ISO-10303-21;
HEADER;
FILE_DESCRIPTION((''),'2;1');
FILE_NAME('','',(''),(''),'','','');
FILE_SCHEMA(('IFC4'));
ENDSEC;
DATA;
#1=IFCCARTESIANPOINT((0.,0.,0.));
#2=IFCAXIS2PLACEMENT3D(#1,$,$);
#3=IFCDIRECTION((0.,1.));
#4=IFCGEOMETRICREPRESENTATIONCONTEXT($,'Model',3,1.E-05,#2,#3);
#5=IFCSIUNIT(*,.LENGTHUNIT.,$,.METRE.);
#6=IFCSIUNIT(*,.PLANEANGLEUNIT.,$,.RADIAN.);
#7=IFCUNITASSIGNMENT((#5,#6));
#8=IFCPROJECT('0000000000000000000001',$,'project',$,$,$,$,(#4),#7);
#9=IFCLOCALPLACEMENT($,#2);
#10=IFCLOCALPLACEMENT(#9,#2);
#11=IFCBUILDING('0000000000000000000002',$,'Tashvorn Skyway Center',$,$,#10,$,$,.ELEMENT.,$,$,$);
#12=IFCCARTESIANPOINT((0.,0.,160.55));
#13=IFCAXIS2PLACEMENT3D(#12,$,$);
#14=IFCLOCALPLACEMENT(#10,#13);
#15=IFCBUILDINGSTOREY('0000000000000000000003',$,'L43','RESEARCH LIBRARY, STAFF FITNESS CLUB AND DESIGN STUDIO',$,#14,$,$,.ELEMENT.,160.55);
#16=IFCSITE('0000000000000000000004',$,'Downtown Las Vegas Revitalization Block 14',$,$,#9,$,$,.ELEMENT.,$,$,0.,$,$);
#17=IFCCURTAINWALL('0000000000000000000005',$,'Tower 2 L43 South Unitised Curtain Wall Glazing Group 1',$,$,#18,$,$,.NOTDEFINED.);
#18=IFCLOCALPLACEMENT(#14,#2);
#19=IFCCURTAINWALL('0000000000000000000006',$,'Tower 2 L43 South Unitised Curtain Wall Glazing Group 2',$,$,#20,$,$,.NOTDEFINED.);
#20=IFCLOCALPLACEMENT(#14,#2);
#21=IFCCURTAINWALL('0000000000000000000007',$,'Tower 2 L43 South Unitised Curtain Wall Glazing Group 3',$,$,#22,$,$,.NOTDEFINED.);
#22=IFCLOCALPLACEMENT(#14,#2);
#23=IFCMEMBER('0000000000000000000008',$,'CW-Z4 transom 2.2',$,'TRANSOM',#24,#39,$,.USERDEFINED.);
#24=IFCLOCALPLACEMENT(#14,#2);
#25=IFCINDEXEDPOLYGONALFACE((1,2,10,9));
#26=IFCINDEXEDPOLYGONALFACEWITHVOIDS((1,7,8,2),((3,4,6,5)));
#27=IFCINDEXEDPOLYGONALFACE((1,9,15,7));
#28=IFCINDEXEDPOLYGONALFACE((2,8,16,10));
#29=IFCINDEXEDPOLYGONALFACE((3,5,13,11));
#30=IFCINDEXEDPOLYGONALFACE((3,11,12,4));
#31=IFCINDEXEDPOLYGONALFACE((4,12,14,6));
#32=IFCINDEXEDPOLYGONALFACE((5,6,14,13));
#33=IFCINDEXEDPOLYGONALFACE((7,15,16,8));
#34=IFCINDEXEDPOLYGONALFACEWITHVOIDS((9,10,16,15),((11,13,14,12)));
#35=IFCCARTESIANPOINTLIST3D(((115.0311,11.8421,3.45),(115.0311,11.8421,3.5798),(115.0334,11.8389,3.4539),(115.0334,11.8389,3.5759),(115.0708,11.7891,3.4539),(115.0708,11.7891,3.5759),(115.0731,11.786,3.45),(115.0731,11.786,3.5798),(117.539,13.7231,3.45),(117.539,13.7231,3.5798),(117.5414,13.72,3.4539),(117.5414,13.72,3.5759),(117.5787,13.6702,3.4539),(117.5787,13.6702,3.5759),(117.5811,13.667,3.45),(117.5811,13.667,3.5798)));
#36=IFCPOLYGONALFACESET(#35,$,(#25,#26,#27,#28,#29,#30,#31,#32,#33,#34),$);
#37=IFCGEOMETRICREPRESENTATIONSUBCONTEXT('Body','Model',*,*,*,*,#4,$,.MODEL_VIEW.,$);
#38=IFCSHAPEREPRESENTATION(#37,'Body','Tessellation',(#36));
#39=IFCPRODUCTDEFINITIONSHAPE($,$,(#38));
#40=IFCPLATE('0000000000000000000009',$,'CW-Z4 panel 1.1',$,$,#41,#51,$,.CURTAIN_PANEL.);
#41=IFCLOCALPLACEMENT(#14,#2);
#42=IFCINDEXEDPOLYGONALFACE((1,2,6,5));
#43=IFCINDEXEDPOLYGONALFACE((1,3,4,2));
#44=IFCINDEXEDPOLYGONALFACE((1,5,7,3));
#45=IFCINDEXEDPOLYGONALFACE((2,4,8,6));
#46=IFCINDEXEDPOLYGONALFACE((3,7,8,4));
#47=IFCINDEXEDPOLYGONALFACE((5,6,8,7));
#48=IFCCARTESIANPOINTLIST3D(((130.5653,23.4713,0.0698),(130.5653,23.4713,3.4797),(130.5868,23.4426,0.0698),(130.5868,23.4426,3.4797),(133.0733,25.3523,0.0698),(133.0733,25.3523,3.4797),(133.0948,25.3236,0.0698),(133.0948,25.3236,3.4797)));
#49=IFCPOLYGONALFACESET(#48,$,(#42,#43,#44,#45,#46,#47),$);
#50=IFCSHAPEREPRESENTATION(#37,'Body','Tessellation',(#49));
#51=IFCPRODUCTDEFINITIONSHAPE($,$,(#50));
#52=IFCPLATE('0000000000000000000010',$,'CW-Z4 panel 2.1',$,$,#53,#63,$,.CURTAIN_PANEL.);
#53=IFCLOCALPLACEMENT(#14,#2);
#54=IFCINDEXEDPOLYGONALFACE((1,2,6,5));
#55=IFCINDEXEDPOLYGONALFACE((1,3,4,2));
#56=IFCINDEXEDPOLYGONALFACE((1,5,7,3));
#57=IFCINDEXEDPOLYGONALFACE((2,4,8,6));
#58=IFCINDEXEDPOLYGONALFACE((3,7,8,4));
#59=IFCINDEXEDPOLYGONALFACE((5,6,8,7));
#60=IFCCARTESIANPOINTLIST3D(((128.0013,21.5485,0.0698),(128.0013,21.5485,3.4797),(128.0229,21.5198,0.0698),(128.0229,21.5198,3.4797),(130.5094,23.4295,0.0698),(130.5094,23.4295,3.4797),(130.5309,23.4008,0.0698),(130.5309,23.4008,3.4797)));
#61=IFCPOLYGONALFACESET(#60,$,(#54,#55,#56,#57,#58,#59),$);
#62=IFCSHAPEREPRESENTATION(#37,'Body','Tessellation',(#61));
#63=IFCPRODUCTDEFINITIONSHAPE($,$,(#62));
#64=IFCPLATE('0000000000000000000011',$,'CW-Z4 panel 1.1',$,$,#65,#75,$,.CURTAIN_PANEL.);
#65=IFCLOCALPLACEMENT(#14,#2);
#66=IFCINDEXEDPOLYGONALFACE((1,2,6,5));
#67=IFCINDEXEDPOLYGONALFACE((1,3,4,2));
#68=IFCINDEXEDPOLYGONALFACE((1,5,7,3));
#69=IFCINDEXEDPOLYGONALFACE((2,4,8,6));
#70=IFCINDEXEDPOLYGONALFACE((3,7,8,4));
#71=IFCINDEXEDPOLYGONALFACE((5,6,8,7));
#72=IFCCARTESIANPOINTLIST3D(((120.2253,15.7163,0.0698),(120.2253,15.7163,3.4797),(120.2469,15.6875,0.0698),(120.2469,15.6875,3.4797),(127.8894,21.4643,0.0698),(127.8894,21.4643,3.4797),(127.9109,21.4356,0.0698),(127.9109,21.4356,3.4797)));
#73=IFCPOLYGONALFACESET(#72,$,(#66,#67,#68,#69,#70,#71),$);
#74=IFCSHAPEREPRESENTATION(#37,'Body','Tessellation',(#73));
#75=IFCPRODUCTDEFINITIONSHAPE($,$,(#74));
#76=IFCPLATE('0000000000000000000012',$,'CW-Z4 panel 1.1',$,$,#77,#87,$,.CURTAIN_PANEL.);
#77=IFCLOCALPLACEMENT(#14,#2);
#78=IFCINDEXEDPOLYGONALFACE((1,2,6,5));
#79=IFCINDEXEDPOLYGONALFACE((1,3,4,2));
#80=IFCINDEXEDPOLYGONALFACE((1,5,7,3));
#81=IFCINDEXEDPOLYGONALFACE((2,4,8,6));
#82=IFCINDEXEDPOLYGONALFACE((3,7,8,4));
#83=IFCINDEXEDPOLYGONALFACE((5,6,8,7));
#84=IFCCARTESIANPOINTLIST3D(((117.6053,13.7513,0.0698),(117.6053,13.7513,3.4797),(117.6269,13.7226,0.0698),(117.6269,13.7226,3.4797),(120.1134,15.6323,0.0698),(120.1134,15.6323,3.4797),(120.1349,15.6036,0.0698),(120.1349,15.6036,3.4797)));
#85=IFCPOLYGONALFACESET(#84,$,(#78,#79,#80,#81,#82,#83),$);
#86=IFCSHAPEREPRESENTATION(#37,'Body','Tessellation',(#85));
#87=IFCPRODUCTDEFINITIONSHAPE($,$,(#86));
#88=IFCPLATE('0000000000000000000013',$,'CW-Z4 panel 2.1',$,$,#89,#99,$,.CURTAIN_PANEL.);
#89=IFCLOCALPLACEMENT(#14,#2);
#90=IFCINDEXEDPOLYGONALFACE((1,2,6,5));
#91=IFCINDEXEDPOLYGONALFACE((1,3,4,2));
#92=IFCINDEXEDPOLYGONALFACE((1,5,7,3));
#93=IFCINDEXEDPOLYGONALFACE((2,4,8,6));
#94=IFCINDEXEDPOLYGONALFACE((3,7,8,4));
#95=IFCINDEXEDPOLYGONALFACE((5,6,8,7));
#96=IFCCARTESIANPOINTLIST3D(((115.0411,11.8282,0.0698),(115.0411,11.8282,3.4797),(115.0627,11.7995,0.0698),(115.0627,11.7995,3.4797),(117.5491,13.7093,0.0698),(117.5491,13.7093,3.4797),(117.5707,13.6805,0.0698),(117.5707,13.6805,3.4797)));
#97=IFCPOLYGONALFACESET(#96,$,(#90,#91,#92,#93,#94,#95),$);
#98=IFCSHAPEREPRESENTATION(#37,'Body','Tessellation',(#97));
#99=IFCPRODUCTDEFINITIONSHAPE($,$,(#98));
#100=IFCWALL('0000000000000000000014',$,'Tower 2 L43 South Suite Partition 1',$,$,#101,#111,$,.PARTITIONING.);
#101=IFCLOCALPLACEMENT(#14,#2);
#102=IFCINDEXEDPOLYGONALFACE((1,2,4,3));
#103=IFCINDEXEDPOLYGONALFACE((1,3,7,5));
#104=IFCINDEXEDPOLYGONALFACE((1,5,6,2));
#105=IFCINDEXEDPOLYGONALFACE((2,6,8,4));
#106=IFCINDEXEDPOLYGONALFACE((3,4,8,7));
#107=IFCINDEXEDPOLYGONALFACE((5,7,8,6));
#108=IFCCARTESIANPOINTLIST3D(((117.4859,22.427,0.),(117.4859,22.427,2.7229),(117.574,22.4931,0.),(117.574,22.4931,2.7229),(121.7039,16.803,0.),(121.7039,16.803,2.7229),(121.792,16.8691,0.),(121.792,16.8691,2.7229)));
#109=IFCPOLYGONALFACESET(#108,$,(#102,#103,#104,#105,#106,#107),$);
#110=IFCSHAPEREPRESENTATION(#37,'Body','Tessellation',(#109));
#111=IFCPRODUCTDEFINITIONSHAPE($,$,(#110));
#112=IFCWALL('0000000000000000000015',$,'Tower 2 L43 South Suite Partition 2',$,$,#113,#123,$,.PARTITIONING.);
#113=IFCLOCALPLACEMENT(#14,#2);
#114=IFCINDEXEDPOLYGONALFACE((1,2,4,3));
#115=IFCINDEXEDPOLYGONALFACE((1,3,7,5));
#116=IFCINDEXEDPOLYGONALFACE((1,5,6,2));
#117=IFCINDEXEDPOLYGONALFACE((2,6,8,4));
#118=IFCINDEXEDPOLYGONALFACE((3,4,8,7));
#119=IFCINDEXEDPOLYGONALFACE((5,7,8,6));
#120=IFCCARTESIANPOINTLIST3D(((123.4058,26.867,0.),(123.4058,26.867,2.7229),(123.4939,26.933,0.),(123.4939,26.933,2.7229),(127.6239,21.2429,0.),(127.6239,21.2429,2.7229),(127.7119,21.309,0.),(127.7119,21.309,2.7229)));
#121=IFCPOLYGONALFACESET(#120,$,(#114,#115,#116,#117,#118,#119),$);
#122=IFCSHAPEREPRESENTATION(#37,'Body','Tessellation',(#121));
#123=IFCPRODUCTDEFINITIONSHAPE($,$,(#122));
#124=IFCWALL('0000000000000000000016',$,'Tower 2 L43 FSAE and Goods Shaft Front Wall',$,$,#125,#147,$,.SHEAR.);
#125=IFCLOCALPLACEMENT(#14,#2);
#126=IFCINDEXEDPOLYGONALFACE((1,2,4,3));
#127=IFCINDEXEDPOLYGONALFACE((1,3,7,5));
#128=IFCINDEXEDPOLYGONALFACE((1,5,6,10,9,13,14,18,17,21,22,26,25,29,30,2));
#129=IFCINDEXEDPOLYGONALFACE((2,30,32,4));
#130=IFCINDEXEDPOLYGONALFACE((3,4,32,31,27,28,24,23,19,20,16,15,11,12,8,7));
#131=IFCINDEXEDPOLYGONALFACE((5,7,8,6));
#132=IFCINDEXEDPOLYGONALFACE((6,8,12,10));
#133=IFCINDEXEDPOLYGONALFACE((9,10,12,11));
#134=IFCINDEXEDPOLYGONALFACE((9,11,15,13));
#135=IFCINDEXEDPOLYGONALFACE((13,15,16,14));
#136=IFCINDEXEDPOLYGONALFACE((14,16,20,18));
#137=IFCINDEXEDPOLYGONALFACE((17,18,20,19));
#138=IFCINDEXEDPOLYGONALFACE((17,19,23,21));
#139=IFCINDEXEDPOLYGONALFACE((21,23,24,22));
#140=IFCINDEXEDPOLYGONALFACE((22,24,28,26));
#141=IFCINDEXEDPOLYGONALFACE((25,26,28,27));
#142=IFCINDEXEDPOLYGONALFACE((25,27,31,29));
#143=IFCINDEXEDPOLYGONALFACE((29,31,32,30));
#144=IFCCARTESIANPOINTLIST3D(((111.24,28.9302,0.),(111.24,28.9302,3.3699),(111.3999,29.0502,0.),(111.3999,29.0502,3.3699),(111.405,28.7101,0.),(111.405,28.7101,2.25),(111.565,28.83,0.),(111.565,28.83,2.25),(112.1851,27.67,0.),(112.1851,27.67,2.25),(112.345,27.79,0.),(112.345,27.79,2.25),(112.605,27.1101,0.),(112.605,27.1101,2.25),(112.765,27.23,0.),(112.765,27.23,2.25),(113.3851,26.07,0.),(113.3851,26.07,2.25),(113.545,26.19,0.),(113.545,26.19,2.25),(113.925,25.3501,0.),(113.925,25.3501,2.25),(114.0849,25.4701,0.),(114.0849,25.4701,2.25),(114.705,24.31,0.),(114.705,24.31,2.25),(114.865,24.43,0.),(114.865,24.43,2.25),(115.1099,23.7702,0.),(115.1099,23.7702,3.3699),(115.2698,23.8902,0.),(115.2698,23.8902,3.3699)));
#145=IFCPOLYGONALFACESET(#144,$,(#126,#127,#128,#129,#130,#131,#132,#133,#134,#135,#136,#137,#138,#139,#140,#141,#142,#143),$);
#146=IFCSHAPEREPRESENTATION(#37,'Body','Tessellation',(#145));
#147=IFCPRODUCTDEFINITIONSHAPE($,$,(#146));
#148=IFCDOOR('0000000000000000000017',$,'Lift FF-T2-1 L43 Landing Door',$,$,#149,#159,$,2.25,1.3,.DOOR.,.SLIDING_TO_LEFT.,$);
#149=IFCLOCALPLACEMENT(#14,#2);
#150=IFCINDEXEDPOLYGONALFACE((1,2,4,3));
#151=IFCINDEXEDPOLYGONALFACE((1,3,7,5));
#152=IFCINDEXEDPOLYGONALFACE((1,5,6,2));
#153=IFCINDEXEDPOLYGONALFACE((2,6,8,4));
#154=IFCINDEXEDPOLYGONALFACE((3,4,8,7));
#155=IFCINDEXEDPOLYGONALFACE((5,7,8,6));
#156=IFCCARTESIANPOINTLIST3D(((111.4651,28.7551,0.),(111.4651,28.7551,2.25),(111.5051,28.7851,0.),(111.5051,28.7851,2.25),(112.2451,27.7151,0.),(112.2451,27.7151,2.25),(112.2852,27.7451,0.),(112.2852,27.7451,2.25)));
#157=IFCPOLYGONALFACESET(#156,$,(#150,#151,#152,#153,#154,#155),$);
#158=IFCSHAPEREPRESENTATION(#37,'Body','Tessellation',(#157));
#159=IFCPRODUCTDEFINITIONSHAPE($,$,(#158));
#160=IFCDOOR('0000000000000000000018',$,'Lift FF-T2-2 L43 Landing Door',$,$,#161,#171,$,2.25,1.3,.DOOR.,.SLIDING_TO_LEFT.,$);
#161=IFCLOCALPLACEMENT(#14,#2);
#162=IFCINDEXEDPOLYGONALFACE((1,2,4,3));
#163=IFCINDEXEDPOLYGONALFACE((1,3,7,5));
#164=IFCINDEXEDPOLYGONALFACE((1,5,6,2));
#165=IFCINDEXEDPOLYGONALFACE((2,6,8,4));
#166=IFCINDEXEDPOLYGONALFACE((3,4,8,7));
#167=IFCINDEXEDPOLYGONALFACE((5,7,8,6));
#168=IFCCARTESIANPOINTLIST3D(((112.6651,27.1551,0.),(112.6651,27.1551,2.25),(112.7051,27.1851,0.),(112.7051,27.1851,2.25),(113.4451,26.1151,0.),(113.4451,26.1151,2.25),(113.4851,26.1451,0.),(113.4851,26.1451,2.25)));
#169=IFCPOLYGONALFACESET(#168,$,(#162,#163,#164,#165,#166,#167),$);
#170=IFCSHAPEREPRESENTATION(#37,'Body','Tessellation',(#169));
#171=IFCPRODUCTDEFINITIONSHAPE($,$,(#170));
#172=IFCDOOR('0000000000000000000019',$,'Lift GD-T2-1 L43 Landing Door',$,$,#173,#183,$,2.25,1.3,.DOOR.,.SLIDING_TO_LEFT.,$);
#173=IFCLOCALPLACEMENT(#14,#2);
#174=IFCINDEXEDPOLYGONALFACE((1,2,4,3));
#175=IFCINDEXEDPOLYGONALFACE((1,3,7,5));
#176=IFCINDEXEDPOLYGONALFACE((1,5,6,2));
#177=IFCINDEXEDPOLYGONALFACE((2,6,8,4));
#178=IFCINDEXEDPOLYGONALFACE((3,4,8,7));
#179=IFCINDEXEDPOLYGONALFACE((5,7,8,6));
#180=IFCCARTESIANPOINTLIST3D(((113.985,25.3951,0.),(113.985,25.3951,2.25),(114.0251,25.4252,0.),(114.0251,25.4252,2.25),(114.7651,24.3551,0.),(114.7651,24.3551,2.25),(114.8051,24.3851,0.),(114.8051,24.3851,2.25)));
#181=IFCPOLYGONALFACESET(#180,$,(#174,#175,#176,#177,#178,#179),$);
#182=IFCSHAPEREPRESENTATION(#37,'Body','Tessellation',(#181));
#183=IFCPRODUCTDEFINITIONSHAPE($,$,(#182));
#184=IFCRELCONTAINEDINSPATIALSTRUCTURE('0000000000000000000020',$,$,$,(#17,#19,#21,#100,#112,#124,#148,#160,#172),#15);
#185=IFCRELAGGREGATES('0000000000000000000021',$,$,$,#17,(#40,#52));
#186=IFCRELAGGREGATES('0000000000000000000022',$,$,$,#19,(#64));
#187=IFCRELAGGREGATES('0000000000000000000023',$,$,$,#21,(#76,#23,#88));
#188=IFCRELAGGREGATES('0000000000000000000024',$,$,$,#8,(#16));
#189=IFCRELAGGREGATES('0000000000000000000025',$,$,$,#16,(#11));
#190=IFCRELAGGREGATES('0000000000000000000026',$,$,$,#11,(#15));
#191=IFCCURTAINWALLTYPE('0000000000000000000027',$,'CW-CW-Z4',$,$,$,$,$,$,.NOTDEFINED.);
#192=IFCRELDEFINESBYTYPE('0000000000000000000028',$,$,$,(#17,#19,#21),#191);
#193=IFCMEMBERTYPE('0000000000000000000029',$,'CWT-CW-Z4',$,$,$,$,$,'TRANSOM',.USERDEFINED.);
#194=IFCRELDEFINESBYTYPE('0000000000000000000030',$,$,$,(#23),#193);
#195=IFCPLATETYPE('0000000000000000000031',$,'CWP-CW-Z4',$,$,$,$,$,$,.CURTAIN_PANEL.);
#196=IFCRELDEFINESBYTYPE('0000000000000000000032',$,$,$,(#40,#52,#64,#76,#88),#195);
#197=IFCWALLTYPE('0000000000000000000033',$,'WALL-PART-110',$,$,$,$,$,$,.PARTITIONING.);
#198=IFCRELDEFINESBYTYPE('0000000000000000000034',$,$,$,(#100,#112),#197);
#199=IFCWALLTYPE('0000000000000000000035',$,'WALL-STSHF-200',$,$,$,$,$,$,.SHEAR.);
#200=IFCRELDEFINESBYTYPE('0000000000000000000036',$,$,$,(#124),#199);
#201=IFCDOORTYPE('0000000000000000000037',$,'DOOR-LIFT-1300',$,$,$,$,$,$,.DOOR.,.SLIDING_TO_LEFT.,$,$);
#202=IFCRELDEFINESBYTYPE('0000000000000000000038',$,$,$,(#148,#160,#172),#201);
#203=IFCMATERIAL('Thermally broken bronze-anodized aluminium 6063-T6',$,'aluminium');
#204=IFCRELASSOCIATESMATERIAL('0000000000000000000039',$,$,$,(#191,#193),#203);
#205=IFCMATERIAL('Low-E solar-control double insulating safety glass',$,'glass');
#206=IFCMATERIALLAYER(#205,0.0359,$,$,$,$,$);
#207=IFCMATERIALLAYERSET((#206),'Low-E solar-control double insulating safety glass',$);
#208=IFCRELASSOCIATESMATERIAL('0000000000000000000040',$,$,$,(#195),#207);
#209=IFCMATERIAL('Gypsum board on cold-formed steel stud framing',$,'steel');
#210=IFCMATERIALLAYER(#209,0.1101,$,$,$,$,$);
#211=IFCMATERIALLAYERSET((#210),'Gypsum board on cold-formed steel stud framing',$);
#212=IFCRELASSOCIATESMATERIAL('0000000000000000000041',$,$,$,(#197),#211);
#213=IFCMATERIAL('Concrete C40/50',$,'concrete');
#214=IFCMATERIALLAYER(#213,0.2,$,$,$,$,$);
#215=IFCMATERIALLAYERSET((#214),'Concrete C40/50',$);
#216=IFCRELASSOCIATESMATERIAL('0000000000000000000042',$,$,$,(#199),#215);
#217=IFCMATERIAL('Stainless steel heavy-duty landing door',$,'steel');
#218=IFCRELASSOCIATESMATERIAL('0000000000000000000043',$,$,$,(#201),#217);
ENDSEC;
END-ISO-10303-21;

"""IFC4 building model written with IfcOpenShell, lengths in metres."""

from ifc_helpers import new_model, si_unit, direction, frame, frame_2d, origin, origin_2d, place, context, subcontext, project, spatial, rectangle, hollow_rectangle, extrude, material, layer, layer_set, material_profile, profile_set, type_object, element, fill, aggregate, save


model = new_model("IFC4")

# Units and contexts
model_context = context("Model", 3, precision=1e-05, world=origin(), true_north=direction((0.0, 1.0)))
body_context = subcontext(model_context, "Body", "Model", "MODEL_VIEW")
ifc_project = project(units=[si_unit("LENGTHUNIT", "METRE"), si_unit("PLANEANGLEUNIT", "RADIAN")], contexts=[model_context])

# Site, building, storey
site_placement = place(None, origin())
site = spatial("IfcSite", under=ifc_project, at=site_placement, Name="Downtown Las Vegas Revitalization Block 14", CompositionType="ELEMENT", RefElevation=0.0)
building_placement = place(site_placement, origin())
building = spatial("IfcBuilding", under=site, at=building_placement, Name="Tashvorn Skyway Center", CompositionType="ELEMENT")
storey_placement = place(building_placement, frame((0.0, 0.0, 160.55)))
storey = spatial("IfcBuildingStorey", under=building, at=storey_placement, Name="L43", Description="RESEARCH LIBRARY, STAFF FITNESS CLUB AND DESIGN STUDIO", CompositionType="ELEMENT", Elevation=160.55)

# Curtain walls
ifc_material_1 = material(Name="Thermally broken bronze-anodized aluminium 6063-T6", Category="aluminium")
curtain_wall_type = type_object("IfcCurtainWallType", Name="CW-CW-Z4", PredefinedType="NOTDEFINED", material=ifc_material_1)
curtain_wall_1_placement = place(storey_placement, origin())
curtain_wall_1 = element("IfcCurtainWall", 1, at=curtain_wall_1_placement, inside=storey, type_object=curtain_wall_type, Name="Tower 2 L43 South Unitised Curtain Wall Glazing Group 1", PredefinedType="NOTDEFINED")
curtain_wall_2_placement = place(storey_placement, origin())
curtain_wall_2 = element("IfcCurtainWall", 2, at=curtain_wall_2_placement, inside=storey, type_object=curtain_wall_type, Name="Tower 2 L43 South Unitised Curtain Wall Glazing Group 2", PredefinedType="NOTDEFINED")
curtain_wall_3_placement = place(storey_placement, origin())
curtain_wall_3 = element("IfcCurtainWall", 3, at=curtain_wall_3_placement, inside=storey, type_object=curtain_wall_type, Name="Tower 2 L43 South Unitised Curtain Wall Glazing Group 3", PredefinedType="NOTDEFINED")

# Member
ifc_material_profile_1 = material_profile(ifc_material_1, hollow_rectangle(XDim=0.0701, YDim=0.1299, WallThickness=0.0039, at=origin_2d()), Name="ALU-TRAN-70x130")
ifc_profile_set_1 = profile_set([ifc_material_profile_1], Name="Thermally broken bronze-anodized aluminium 6063-T6")
member_type_1 = type_object("IfcMemberType", Name="CWT-CW-Z4", ElementType="TRANSOM", PredefinedType="USERDEFINED", material=ifc_profile_set_1)
member_1_placement = place(storey_placement, frame((117.5601, 13.6951, 3.5149), z_axis=(-0.799991, -0.600012, 0.0), x_axis=(0.600012, -0.799991, 0.0)))
member_1 = element("IfcMember", 4, at=member_1_placement, type_object=member_type_1, Name="CW-Z4 transom 2.2", ObjectType="TRANSOM", PredefinedType="USERDEFINED", context=body_context, shape_type="SweptSolid", body=[
    extrude(hollow_rectangle(XDim=0.0701, YDim=0.1299, WallThickness=0.0039, at=origin_2d()), origin(), (0.0, 0.0, 1.0), 3.135),
])

# Plates
ifc_material_2 = material(Name="Low-E solar-control double insulating safety glass", Category="glass")
ifc_layer_1 = layer(ifc_material_2, 0.0359)
ifc_layer_set_1 = layer_set([ifc_layer_1], Name="Low-E solar-control double insulating safety glass")
plate_type = type_object("IfcPlateType", Name="CWP-CW-Z4", PredefinedType="CURTAIN_PANEL", material=ifc_layer_set_1)
plate_1_placement = place(storey_placement, frame((131.8301, 24.3975, 0.0698), z_axis=(0.0, 0.0, 1.0), x_axis=(-0.8, -0.6, 0.0)))
plate_1 = element("IfcPlate", 5, at=plate_1_placement, type_object=plate_type, Name="CW-Z4 panel 1.1", PredefinedType="CURTAIN_PANEL", context=body_context, shape_type="SweptSolid", body=[
    extrude(rectangle(XDim=3.135, YDim=0.0359, at=origin_2d()), origin(), (0.0, 0.0, 1.0), 3.4099),
])
plate_2_placement = place(storey_placement, frame((129.2661, 22.4746, 0.0698), z_axis=(0.0, 0.0, 1.0), x_axis=(-0.8, -0.6, 0.0)))
plate_2 = element("IfcPlate", 6, at=plate_2_placement, type_object=plate_type, Name="CW-Z4 panel 2.1", PredefinedType="CURTAIN_PANEL", context=body_context, shape_type="SweptSolid", body=[
    extrude(rectangle(XDim=3.135, YDim=0.0359, at=origin_2d()), origin(), (0.0, 0.0, 1.0), 3.4099),
])
aggregate(curtain_wall_1, [plate_1, plate_2])
plate_3_placement = place(storey_placement, frame((124.0681, 18.5759, 0.0698), z_axis=(0.0, 0.0, 1.0), x_axis=(-0.8, -0.6, 0.0)))
plate_3 = element("IfcPlate", 7, at=plate_3_placement, type_object=plate_type, Name="CW-Z4 panel 1.1", PredefinedType="CURTAIN_PANEL", context=body_context, shape_type="SweptSolid", body=[
    extrude(rectangle(XDim=9.5801, YDim=0.0359, at=origin_2d()), origin(), (0.0, 0.0, 1.0), 3.4099),
])
aggregate(curtain_wall_2, [plate_3])
plate_4_placement = place(storey_placement, frame((118.8701, 14.6775, 0.0698), z_axis=(0.0, 0.0, 1.0), x_axis=(-0.8, -0.6, 0.0)))
plate_4 = element("IfcPlate", 8, at=plate_4_placement, type_object=plate_type, Name="CW-Z4 panel 1.1", PredefinedType="CURTAIN_PANEL", context=body_context, shape_type="SweptSolid", body=[
    extrude(rectangle(XDim=3.135, YDim=0.0359, at=origin_2d()), origin(), (0.0, 0.0, 1.0), 3.4099),
])
plate_5_placement = place(storey_placement, frame((116.3059, 12.7544, 0.0698), z_axis=(0.0, 0.0, 1.0), x_axis=(-0.8, -0.6, 0.0)))
plate_5 = element("IfcPlate", 9, at=plate_5_placement, type_object=plate_type, Name="CW-Z4 panel 2.1", PredefinedType="CURTAIN_PANEL", context=body_context, shape_type="SweptSolid", body=[
    extrude(rectangle(XDim=3.135, YDim=0.0359, at=origin_2d()), origin(), (0.0, 0.0, 1.0), 3.4099),
])
aggregate(curtain_wall_3, [plate_4, member_1, plate_5])

# Walls
ifc_material_3 = material(Name="Gypsum board on cold-formed steel stud framing", Category="steel")
ifc_layer_2 = layer(ifc_material_3, 0.1101)
ifc_layer_set_2 = layer_set([ifc_layer_2], Name="Gypsum board on cold-formed steel stud framing")
wall_type_1 = type_object("IfcWallType", Name="WALL-PART-110", PredefinedType="PARTITIONING", material=ifc_layer_set_2)
for number, where, z_axis, x_axis, name in (
    (10, (121.748, 16.8359, 0.0), (0.0, 0.0, 1.0), (-0.6, 0.8, 0.0), "Tower 2 L43 South Suite Partition 1"),
    (11, (127.668, 21.2759, 0.0), (0.0, 0.0, 1.0), (-0.6, 0.8, 0.0), "Tower 2 L43 South Suite Partition 2"),
):
    element("IfcWall", number, at=place(storey_placement, frame(where, z_axis=z_axis, x_axis=x_axis)), inside=storey, type_object=wall_type_1, Name=name, PredefinedType="PARTITIONING", context=body_context, shape_type="SweptSolid", body=[
        extrude(rectangle(XDim=7.03, YDim=0.1101, at=frame_2d((3.5151, 0.0))), origin(), (0.0, 0.0, 1.0), 2.7229),
    ])

# Wall, openings, doors
ifc_material_4 = material(Name="Concrete C40/50", Category="concrete")
ifc_layer_3 = layer(ifc_material_4, 0.2)
ifc_layer_set_3 = layer_set([ifc_layer_3], Name="Concrete C40/50")
wall_type_2 = type_object("IfcWallType", Name="WALL-STSHF-200", PredefinedType="SHEAR", material=ifc_layer_set_3)
wall_placement = place(storey_placement, frame((115.1899, 23.8301, 0.0), z_axis=(0.0, 0.0, 1.0), x_axis=(-0.599994, 0.800005, 0.0)))
wall = element("IfcWall", 12, at=wall_placement, inside=storey, type_object=wall_type_2, Name="Tower 2 L43 FSAE and Goods Shaft Front Wall", PredefinedType="SHEAR", context=body_context, shape_type="SweptSolid", body=[
    extrude(rectangle(XDim=6.45, YDim=0.2, at=frame_2d((3.2251, 0.0))), origin(), (0.0, 0.0, 1.0), 3.3699),
])
opening_1_placement = place(wall_placement, frame((4.875, 0.0, 0.0)))
opening_1 = element("IfcOpeningElement", 13, at=opening_1_placement, cuts=wall, PredefinedType="OPENING", context=body_context, shape_type="SweptSolid", body=[
    extrude(rectangle(XDim=1.3, YDim=2.25, at=frame_2d((0.6499, 1.125))), frame((0.0, 0.1099, 0.0), z_axis=(0.0, -1.0, 0.0), x_axis=(1.0, 0.0, 0.0)), (0.0, 0.0, 1.0), 0.22),
])
opening_2_placement = place(wall_placement, frame((2.875, 0.0, 0.0)))
opening_2 = element("IfcOpeningElement", 14, at=opening_2_placement, cuts=wall, PredefinedType="OPENING", context=body_context, shape_type="SweptSolid", body=[
    extrude(rectangle(XDim=1.3, YDim=2.25, at=frame_2d((0.6499, 1.125))), frame((0.0, 0.1099, 0.0), z_axis=(0.0, -1.0, 0.0), x_axis=(1.0, 0.0, 0.0)), (0.0, 0.0, 1.0), 0.22),
])
opening_3_placement = place(wall_placement, frame((0.675, 0.0, 0.0)))
opening_3 = element("IfcOpeningElement", 15, at=opening_3_placement, cuts=wall, PredefinedType="OPENING", context=body_context, shape_type="SweptSolid", body=[
    extrude(rectangle(XDim=1.3, YDim=2.25, at=frame_2d((0.6499, 1.125))), frame((0.0, 0.1099, 0.0), z_axis=(0.0, -1.0, 0.0), x_axis=(1.0, 0.0, 0.0)), (0.0, 0.0, 1.0), 0.22),
])
ifc_material_5 = material(Name="Stainless steel heavy-duty landing door", Category="steel")
door_type = type_object("IfcDoorType", Name="DOOR-LIFT-1300", OperationType="SLIDING_TO_LEFT", PredefinedType="DOOR", material=ifc_material_5)
door_1_placement = place(opening_1_placement, origin())
door_1 = element("IfcDoor", 16, at=door_1_placement, inside=storey, type_object=door_type, Name="Lift FF-T2-1 L43 Landing Door", OperationType="SLIDING_TO_LEFT", OverallHeight=2.25, OverallWidth=1.3, PredefinedType="DOOR", context=body_context, shape_type="SweptSolid", body=[
    extrude(rectangle(XDim=1.3, YDim=2.25, at=frame_2d((0.6499, 1.125))), frame((0.0, 0.0249, 0.0), z_axis=(0.0, -1.0, 0.0), x_axis=(1.0, 0.0, 0.0)), (0.0, 0.0, 1.0), 0.05),
])
fill(opening_1, door_1)
door_2_placement = place(opening_2_placement, origin())
door_2 = element("IfcDoor", 17, at=door_2_placement, inside=storey, type_object=door_type, Name="Lift FF-T2-2 L43 Landing Door", OperationType="SLIDING_TO_LEFT", OverallHeight=2.25, OverallWidth=1.3, PredefinedType="DOOR", context=body_context, shape_type="SweptSolid", body=[
    extrude(rectangle(XDim=1.3, YDim=2.25, at=frame_2d((0.6499, 1.125))), frame((0.0, 0.0249, 0.0), z_axis=(0.0, -1.0, 0.0), x_axis=(1.0, 0.0, 0.0)), (0.0, 0.0, 1.0), 0.05),
])
fill(opening_2, door_2)
door_3_placement = place(opening_3_placement, origin())
door_3 = element("IfcDoor", 18, at=door_3_placement, inside=storey, type_object=door_type, Name="Lift GD-T2-1 L43 Landing Door", OperationType="SLIDING_TO_LEFT", OverallHeight=2.25, OverallWidth=1.3, PredefinedType="DOOR", context=body_context, shape_type="SweptSolid", body=[
    extrude(rectangle(XDim=1.3, YDim=2.25, at=frame_2d((0.6499, 1.125))), frame((0.0, 0.0249, 0.0), z_axis=(0.0, -1.0, 0.0), x_axis=(1.0, 0.0, 0.0)), (0.0, 0.0, 1.0), 0.05),
])
fill(opening_3, door_3)

save(model, "model.ifc")
